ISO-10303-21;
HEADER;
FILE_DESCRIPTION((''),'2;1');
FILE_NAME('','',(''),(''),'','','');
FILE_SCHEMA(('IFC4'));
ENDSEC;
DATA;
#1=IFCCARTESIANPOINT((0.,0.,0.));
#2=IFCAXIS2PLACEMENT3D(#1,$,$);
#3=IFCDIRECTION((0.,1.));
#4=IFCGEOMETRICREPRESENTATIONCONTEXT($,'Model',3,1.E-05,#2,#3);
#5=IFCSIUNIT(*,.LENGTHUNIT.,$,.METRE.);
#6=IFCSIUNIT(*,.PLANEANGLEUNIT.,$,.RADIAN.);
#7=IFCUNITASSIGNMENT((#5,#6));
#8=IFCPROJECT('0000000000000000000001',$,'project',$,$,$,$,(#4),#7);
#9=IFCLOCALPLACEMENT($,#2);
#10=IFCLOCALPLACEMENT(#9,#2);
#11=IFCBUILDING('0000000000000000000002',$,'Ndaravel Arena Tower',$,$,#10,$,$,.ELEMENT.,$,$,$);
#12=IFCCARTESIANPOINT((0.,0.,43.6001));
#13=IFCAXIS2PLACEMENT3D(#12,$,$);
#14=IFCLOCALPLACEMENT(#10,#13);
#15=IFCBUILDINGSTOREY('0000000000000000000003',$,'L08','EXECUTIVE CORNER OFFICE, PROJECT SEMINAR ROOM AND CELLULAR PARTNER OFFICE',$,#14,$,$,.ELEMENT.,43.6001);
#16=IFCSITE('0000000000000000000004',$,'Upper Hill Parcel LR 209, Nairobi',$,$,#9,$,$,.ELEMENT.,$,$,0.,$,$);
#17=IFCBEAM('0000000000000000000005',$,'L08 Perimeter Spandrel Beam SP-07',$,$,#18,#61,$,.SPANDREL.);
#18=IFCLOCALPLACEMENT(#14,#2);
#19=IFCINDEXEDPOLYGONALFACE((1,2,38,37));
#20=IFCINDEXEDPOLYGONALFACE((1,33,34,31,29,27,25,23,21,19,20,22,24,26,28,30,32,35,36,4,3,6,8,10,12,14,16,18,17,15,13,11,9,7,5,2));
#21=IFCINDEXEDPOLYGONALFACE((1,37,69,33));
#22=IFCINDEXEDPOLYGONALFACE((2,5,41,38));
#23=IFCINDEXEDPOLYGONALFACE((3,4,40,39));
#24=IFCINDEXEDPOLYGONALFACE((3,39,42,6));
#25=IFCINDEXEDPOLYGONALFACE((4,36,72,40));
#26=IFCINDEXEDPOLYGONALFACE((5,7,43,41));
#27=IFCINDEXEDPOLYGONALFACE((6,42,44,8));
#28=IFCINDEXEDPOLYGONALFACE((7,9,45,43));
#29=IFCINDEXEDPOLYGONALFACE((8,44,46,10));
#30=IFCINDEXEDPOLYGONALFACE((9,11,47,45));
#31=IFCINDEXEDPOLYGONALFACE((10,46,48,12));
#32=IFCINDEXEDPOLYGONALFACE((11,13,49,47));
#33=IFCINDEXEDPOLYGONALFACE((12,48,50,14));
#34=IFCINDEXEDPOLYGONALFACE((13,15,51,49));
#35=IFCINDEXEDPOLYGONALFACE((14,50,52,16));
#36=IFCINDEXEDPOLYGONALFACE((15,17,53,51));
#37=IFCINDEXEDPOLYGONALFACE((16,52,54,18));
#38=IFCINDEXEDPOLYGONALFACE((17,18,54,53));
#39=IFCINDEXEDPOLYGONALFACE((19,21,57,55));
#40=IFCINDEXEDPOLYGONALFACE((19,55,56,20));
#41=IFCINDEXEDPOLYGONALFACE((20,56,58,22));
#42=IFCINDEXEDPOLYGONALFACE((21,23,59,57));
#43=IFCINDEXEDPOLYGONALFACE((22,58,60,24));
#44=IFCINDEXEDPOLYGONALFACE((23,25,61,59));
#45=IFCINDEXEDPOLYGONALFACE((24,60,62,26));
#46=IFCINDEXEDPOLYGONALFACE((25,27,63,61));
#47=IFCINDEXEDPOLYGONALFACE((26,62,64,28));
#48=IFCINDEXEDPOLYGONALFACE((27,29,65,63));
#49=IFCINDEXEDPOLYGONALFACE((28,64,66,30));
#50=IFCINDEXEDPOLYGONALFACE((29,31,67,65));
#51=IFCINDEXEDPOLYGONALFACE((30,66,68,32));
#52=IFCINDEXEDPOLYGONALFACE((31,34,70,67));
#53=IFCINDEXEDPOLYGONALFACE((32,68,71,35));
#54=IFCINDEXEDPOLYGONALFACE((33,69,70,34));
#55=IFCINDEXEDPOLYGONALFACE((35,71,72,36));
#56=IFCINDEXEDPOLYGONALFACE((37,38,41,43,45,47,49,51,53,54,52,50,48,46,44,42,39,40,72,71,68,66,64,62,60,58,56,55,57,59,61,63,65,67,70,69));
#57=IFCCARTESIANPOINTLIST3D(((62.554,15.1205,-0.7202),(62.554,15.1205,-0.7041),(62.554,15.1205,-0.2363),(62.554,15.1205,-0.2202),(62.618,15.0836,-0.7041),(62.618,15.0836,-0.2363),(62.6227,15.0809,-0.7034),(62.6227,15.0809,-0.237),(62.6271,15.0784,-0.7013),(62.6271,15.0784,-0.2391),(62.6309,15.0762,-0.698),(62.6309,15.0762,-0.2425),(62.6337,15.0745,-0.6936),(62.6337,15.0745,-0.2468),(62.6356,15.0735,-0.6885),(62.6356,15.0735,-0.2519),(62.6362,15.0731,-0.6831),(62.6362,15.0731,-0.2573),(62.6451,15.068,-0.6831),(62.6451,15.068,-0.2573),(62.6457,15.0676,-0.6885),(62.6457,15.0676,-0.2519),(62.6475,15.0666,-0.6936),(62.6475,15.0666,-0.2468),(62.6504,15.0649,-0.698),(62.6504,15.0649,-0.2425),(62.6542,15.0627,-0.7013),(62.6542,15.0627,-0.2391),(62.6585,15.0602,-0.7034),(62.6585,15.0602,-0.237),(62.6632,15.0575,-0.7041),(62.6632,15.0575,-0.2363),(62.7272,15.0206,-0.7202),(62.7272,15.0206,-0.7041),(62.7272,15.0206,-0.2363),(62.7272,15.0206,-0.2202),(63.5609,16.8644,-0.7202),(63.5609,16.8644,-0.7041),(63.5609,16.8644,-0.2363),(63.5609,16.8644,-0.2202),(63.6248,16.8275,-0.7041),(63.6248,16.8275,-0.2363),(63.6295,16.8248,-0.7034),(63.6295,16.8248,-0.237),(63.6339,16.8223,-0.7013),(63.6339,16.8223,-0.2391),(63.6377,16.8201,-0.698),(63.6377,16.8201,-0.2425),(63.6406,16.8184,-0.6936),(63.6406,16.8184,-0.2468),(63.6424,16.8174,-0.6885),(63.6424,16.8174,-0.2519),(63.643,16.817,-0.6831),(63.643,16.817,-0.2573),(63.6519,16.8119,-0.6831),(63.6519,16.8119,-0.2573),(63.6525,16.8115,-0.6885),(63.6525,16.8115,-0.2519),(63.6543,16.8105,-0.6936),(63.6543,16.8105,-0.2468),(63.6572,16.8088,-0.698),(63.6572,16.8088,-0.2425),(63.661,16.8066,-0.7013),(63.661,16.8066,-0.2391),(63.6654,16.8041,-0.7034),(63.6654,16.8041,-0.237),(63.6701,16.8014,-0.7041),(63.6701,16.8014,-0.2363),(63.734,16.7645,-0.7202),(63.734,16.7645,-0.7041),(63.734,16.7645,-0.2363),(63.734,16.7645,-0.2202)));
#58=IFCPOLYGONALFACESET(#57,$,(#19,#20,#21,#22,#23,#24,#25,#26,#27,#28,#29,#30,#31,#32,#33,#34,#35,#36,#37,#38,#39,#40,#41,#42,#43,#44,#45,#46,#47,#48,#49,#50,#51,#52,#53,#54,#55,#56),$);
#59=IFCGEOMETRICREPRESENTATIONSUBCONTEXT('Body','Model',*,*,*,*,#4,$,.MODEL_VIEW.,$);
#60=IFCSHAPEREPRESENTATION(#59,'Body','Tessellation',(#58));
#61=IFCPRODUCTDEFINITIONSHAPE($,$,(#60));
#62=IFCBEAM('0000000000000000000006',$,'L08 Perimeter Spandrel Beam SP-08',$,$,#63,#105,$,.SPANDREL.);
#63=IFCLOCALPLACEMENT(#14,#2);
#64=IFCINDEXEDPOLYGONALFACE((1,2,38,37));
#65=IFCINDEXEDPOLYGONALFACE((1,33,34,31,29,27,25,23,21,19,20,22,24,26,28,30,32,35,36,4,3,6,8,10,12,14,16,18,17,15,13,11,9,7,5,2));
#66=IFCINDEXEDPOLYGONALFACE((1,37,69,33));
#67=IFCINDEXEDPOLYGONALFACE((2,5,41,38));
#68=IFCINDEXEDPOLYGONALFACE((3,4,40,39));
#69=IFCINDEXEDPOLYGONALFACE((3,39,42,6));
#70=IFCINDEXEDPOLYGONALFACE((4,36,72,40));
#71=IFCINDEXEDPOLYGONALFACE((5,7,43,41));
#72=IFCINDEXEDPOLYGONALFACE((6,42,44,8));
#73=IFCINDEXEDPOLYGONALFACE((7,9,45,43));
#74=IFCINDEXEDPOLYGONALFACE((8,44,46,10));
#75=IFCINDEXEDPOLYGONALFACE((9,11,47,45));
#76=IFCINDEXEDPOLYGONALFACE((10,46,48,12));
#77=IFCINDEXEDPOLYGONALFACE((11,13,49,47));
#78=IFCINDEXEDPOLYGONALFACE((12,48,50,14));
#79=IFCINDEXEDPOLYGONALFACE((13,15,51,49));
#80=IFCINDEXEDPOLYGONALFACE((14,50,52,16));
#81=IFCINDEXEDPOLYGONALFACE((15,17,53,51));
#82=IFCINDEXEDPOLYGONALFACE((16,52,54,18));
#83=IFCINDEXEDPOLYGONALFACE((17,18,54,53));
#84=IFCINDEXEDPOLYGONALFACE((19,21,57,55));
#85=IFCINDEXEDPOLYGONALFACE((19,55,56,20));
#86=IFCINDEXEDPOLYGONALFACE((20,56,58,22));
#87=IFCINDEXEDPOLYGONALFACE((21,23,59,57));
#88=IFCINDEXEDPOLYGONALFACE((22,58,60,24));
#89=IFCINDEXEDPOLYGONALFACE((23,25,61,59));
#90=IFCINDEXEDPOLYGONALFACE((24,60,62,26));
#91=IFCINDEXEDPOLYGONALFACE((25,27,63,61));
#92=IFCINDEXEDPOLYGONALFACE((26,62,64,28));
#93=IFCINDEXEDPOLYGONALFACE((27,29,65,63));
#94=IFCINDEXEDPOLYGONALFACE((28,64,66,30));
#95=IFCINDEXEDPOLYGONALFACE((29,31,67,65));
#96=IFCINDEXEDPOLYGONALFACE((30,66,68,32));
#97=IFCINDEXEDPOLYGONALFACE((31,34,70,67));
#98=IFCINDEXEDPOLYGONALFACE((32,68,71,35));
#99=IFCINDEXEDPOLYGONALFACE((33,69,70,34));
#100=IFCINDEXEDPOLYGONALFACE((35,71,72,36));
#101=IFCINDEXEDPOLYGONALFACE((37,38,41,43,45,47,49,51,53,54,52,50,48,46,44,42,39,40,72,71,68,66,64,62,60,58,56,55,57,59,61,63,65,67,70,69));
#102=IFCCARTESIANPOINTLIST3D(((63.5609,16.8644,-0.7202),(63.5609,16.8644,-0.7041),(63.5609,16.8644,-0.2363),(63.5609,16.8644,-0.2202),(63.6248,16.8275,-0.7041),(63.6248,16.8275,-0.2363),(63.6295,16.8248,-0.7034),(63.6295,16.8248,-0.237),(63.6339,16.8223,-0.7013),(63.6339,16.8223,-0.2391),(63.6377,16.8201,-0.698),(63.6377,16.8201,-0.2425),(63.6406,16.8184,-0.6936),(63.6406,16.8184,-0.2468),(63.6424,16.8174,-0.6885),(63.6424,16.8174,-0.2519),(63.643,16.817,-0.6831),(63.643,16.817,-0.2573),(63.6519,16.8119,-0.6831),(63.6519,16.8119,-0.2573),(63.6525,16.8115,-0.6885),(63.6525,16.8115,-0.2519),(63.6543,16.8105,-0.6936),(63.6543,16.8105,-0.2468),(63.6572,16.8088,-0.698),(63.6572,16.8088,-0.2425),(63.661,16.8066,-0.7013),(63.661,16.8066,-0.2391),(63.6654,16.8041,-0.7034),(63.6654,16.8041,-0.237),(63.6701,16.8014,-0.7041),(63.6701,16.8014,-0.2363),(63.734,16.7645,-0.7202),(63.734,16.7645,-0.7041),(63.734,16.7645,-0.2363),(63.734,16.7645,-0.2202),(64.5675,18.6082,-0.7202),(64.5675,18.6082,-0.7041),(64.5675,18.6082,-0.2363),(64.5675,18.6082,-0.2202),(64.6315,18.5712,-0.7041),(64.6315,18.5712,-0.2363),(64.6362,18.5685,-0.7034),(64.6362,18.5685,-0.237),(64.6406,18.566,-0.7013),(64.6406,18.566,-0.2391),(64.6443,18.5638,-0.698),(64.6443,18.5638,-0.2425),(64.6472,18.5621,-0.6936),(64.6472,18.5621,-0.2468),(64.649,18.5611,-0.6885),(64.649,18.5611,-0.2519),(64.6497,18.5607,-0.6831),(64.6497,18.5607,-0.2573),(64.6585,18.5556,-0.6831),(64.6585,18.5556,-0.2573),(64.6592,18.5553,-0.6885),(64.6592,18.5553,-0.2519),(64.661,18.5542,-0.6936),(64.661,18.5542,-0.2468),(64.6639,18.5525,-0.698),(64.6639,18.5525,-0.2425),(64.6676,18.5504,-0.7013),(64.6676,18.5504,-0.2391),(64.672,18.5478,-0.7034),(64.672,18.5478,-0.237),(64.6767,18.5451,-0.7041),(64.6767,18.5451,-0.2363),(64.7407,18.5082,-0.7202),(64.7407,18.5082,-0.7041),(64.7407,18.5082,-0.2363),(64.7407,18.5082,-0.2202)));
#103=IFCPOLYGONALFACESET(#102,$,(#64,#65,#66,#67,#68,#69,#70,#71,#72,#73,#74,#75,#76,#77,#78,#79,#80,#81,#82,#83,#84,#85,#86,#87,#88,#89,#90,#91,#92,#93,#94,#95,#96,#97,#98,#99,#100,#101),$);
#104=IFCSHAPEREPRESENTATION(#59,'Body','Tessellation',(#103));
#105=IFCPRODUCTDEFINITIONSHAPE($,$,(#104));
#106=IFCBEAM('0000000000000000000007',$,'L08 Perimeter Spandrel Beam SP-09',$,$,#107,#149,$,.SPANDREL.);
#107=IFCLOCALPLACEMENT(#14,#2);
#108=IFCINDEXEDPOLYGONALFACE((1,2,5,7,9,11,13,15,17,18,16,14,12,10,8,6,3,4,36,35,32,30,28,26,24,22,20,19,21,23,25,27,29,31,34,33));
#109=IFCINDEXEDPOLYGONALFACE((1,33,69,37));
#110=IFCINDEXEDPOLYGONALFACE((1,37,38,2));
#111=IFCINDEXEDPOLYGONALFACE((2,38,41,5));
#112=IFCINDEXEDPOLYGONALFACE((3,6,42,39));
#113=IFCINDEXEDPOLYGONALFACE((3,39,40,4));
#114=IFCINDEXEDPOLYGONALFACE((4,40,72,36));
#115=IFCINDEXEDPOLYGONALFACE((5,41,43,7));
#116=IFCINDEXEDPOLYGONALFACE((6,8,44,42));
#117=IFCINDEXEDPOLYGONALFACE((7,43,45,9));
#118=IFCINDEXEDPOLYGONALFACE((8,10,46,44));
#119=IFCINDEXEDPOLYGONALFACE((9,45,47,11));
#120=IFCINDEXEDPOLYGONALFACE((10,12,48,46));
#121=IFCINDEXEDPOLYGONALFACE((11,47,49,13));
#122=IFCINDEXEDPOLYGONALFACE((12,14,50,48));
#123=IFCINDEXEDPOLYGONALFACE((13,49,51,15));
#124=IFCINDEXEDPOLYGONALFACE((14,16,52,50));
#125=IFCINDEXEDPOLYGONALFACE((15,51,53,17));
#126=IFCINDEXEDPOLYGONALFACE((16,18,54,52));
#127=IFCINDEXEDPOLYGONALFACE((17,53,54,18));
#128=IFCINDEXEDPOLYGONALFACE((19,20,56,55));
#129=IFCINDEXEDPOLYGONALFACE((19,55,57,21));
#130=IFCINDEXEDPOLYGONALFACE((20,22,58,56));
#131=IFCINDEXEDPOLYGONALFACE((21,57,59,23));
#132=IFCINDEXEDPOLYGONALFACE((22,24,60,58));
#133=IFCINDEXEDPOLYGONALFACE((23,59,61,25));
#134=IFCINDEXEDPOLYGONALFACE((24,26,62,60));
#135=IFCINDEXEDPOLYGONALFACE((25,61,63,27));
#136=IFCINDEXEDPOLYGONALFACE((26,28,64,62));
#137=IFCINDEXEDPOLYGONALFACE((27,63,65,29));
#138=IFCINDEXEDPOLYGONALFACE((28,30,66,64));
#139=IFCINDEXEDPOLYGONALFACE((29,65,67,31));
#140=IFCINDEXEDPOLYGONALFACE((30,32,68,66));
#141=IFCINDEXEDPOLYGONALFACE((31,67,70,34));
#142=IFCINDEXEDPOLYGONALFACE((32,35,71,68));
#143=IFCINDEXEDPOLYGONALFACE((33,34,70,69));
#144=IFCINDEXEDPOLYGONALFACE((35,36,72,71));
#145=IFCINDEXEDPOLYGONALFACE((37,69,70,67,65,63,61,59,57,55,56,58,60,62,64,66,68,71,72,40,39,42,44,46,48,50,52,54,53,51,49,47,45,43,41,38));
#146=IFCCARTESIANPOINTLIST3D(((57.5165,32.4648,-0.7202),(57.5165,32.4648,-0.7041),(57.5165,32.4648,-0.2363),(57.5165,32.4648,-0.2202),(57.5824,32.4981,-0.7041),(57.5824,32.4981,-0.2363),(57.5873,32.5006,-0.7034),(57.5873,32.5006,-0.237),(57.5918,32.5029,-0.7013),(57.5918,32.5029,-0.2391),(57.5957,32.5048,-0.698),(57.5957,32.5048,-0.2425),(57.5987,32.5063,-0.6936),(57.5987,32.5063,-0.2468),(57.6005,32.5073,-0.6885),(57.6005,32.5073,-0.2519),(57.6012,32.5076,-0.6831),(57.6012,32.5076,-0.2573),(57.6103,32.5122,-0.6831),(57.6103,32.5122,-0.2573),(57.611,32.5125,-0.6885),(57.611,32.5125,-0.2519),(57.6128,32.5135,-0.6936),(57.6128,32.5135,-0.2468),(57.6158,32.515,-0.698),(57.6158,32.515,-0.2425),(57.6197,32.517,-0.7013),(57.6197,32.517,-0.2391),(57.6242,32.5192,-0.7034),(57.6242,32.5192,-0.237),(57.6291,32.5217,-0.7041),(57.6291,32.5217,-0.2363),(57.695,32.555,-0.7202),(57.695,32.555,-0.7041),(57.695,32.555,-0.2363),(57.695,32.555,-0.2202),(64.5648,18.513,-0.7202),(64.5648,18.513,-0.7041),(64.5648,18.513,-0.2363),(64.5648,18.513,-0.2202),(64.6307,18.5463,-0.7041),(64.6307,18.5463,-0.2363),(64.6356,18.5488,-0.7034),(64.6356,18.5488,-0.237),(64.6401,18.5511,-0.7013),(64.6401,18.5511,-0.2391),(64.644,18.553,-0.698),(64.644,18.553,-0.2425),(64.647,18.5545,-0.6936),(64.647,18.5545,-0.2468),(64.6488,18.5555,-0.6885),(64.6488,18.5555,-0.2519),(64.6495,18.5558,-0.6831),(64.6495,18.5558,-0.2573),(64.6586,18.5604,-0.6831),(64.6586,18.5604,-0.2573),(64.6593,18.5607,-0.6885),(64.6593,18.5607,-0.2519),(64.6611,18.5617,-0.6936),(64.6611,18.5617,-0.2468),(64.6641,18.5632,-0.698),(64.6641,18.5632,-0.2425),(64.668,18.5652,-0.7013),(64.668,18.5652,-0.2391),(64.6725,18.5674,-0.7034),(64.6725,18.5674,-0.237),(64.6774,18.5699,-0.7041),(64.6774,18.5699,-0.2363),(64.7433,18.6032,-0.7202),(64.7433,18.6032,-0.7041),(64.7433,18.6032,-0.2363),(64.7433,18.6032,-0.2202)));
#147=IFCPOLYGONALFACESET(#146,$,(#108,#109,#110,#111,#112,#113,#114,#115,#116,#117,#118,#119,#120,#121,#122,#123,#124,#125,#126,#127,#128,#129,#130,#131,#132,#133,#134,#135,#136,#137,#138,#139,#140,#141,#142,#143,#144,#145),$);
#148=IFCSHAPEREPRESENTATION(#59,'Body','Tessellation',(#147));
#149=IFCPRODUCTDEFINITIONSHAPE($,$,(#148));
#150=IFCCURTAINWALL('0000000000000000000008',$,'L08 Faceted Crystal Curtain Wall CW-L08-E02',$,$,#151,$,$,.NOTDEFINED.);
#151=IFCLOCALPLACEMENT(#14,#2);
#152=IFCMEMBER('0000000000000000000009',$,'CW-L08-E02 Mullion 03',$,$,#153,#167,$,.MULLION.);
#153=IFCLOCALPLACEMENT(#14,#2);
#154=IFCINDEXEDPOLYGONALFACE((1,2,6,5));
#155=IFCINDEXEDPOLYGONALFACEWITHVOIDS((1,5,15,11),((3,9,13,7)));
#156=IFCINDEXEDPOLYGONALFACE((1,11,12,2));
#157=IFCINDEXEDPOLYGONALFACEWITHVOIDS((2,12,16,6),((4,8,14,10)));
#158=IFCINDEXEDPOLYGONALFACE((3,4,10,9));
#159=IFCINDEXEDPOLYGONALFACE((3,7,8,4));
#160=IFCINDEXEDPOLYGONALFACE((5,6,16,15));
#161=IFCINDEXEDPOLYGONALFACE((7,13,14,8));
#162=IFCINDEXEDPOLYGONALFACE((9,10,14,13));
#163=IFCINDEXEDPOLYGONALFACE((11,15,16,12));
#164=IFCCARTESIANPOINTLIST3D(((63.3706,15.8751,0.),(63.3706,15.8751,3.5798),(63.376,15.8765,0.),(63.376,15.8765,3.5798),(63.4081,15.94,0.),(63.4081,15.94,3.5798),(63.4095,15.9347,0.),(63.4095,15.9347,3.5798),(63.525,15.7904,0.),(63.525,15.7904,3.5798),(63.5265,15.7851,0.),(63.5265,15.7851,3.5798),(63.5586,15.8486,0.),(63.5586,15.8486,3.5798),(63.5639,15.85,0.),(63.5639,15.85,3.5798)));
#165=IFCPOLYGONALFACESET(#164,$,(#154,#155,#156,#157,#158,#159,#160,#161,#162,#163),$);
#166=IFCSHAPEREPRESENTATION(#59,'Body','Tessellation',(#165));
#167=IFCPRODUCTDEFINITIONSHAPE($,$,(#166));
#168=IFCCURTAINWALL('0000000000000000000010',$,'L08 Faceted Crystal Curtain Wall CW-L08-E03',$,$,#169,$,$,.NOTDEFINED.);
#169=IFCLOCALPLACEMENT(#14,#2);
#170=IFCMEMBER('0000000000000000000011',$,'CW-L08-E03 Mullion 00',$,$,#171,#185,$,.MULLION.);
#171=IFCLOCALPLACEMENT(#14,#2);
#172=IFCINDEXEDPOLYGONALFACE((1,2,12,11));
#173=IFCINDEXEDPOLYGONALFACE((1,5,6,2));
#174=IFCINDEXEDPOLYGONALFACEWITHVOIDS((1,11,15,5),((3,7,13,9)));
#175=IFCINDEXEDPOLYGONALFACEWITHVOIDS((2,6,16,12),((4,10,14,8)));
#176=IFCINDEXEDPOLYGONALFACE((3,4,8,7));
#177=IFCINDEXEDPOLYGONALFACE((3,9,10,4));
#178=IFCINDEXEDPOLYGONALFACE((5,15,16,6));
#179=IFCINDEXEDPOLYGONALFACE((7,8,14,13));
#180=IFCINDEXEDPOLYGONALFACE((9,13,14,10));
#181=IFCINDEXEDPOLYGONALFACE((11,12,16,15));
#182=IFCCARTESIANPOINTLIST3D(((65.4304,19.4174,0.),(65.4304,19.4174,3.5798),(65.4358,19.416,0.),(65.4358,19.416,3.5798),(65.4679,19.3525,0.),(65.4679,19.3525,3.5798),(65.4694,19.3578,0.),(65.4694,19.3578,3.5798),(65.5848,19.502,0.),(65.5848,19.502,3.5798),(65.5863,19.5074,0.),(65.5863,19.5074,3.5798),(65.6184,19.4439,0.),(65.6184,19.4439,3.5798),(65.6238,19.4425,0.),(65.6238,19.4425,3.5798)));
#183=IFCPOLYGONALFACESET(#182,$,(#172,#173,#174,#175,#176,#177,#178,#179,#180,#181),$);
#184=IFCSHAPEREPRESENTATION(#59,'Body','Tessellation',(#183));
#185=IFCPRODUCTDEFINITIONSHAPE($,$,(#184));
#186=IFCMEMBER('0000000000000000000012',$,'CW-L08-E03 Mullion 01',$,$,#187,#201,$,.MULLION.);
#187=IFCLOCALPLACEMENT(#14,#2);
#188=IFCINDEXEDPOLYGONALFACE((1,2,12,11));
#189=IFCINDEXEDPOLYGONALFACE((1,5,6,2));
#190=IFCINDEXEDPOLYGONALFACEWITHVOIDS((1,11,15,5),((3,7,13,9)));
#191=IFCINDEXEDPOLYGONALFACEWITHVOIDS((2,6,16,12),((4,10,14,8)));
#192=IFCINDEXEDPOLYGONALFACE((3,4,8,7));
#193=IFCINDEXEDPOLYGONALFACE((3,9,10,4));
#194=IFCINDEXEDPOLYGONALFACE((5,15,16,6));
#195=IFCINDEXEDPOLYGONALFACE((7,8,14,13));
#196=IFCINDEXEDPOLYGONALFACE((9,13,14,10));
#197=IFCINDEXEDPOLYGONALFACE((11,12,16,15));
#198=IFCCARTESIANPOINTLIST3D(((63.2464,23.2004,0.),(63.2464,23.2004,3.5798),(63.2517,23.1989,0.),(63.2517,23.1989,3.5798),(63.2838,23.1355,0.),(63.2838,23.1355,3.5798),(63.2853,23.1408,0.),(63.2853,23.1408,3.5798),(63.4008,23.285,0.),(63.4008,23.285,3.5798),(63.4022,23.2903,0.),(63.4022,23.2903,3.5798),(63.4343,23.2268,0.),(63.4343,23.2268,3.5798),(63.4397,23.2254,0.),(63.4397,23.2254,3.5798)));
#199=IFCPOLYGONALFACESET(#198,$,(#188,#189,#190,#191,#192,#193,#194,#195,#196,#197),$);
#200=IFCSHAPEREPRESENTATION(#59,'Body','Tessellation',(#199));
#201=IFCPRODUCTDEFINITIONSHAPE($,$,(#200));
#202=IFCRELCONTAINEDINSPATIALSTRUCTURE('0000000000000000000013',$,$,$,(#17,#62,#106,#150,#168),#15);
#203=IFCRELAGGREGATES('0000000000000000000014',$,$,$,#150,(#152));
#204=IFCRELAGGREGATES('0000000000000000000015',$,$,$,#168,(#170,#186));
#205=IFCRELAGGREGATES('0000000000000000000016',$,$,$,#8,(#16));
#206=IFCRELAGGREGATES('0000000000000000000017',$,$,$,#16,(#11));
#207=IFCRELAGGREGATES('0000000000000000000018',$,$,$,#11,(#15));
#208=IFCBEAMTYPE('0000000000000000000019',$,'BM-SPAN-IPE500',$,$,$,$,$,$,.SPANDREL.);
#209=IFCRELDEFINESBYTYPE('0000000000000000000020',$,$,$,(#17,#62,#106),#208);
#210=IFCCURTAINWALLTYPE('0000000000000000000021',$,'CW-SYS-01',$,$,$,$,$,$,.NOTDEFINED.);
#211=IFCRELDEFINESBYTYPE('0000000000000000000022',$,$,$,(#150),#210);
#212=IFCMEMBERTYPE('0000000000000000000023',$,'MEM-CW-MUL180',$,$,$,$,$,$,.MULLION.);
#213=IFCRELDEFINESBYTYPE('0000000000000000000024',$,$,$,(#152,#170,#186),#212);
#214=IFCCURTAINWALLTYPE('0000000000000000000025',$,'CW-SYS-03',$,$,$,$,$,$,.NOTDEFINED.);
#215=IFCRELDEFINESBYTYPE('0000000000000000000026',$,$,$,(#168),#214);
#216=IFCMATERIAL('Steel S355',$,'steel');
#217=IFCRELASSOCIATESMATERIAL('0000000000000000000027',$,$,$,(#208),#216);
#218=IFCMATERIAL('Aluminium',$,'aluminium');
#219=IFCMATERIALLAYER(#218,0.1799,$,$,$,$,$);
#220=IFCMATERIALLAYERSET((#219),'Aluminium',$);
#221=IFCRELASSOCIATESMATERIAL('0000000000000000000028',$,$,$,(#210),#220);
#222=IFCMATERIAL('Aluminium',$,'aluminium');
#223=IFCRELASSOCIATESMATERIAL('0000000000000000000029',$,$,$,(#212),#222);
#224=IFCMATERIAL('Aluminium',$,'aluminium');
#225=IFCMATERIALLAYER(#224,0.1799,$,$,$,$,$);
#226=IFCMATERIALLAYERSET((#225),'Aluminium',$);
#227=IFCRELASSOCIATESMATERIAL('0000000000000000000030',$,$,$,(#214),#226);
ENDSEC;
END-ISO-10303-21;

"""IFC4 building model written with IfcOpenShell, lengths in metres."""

from ifc_helpers import new_model, si_unit, direction, frame, origin, origin_2d, place, context, subcontext, project, spatial, hollow_rectangle, i_section, extrude, material, layer, layer_set, material_profile, profile_set, type_object, element, aggregate, save


model = new_model("IFC4")

# Units and contexts
model_context = context("Model", 3, precision=1e-05, world=origin(), true_north=direction((0.0, 1.0)))
body_context = subcontext(model_context, "Body", "Model", "MODEL_VIEW")
ifc_project = project(units=[si_unit("LENGTHUNIT", "METRE"), si_unit("PLANEANGLEUNIT", "RADIAN")], contexts=[model_context])

# Site, building, storey
site_placement = place(None, origin())
site = spatial("IfcSite", under=ifc_project, at=site_placement, Name="Upper Hill Parcel LR 209, Nairobi", CompositionType="ELEMENT", RefElevation=0.0)
building_placement = place(site_placement, origin())
building = spatial("IfcBuilding", under=site, at=building_placement, Name="Ndaravel Arena Tower", CompositionType="ELEMENT")
storey_placement = place(building_placement, frame((0.0, 0.0, 43.6001)))
storey = spatial("IfcBuildingStorey", under=building, at=storey_placement, Name="L08", Description="EXECUTIVE CORNER OFFICE, PROJECT SEMINAR ROOM AND CELLULAR PARTNER OFFICE", CompositionType="ELEMENT", Elevation=43.6001)

# Beams
ifc_material_1 = material(Name="Steel S355", Category="steel")
ifc_material_profile_1 = material_profile(ifc_material_1, i_section(OverallWidth=0.2, OverallDepth=0.5, WebThickness=0.0103, FlangeThickness=0.0161, FilletRadius=0.021, at=origin_2d()), Name="IPE 500")
ifc_profile_set_1 = profile_set([ifc_material_profile_1], Name="Steel S355")
beam_type_1 = type_object("IfcBeamType", Name="BM-SPAN-IPE500", PredefinedType="SPANDREL", material=ifc_profile_set_1)
beam_1_placement = place(storey_placement, frame((62.6406, 15.0706, -0.4702), z_axis=(0.499999, 0.866026, 0.0), x_axis=(-0.866026, 0.499999, 0.0)))
element("IfcBeam", 1, at=beam_1_placement, inside=storey, type_object=beam_type_1, Name="L08 Perimeter Spandrel Beam SP-07", PredefinedType="SPANDREL", context=body_context, shape_type="SweptSolid", body=[
    extrude(i_section(OverallWidth=0.2, OverallDepth=0.5, WebThickness=0.0103, FlangeThickness=0.0161, FilletRadius=0.021, at=origin_2d()), origin(), (0.0, 0.0, 1.0), 2.0137),
])
beam_2_placement = place(storey_placement, frame((63.6475, 16.8145, -0.4702), z_axis=(0.49996, 0.866048, 0.0), x_axis=(-0.866048, 0.49996, 0.0)))
element("IfcBeam", 2, at=beam_2_placement, inside=storey, type_object=beam_type_1, Name="L08 Perimeter Spandrel Beam SP-08", PredefinedType="SPANDREL", context=body_context, shape_type="SweptSolid", body=[
    extrude(i_section(OverallWidth=0.2, OverallDepth=0.5, WebThickness=0.0103, FlangeThickness=0.0161, FilletRadius=0.021, at=origin_2d()), origin(), (0.0, 0.0, 1.0), 2.0134),
])
beam_3_placement = place(storey_placement, frame((64.6541, 18.5581, -0.4702), z_axis=(-0.450915, 0.892567, 0.0), x_axis=(-0.892567, -0.450915, 0.0)))
element("IfcBeam", 3, at=beam_3_placement, inside=storey, type_object=beam_type_1, Name="L08 Perimeter Spandrel Beam SP-09", PredefinedType="SPANDREL", context=body_context, shape_type="SweptSolid", body=[
    extrude(i_section(OverallWidth=0.2, OverallDepth=0.5, WebThickness=0.0103, FlangeThickness=0.0161, FilletRadius=0.021, at=origin_2d()), origin(), (0.0, 0.0, 1.0), 15.6311),
])

# Curtain wall, member
ifc_material_2 = material(Name="Aluminium", Category="aluminium")
ifc_layer_1 = layer(ifc_material_2, 0.1799)
ifc_layer_set_1 = layer_set([ifc_layer_1], Name="Aluminium")
curtain_wall_type_1 = type_object("IfcCurtainWallType", Name="CW-SYS-01", PredefinedType="NOTDEFINED", material=ifc_layer_set_1)
curtain_wall_1_placement = place(storey_placement, origin())
curtain_wall_1 = element("IfcCurtainWall", 4, at=curtain_wall_1_placement, inside=storey, type_object=curtain_wall_type_1, Name="L08 Faceted Crystal Curtain Wall CW-L08-E02", PredefinedType="NOTDEFINED")
ifc_material_3 = material(Name="Aluminium", Category="aluminium")
ifc_material_profile_2 = material_profile(ifc_material_3, hollow_rectangle(XDim=0.075, YDim=0.1799, WallThickness=0.0039, at=origin_2d()), Name="CW MULLION 75x180x4")
ifc_profile_set_2 = profile_set([ifc_material_profile_2], Name="Aluminium")
member_type_1 = type_object("IfcMemberType", Name="MEM-CW-MUL180", PredefinedType="MULLION", material=ifc_profile_set_2)
member_1_placement = place(storey_placement, frame((63.4673, 15.8625, 0.0), z_axis=(0.0, 0.0, 1.0), x_axis=(0.5, 0.866025, 0.0)))
member_1 = element("IfcMember", 5, at=member_1_placement, type_object=member_type_1, Name="CW-L08-E02 Mullion 03", PredefinedType="MULLION", context=body_context, shape_type="SweptSolid", body=[
    extrude(hollow_rectangle(XDim=0.075, YDim=0.1799, WallThickness=0.0039, at=origin_2d()), origin(), (0.0, 0.0, 1.0), 3.5798),
])

# Curtain wall, members
ifc_material_4 = material(Name="Aluminium", Category="aluminium")
ifc_layer_2 = layer(ifc_material_4, 0.1799)
ifc_layer_set_2 = layer_set([ifc_layer_2], Name="Aluminium")
curtain_wall_type_2 = type_object("IfcCurtainWallType", Name="CW-SYS-03", PredefinedType="NOTDEFINED", material=ifc_layer_set_2)
curtain_wall_2_placement = place(storey_placement, origin())
curtain_wall_2 = element("IfcCurtainWall", 6, at=curtain_wall_2_placement, inside=storey, type_object=curtain_wall_type_2, Name="L08 Faceted Crystal Curtain Wall CW-L08-E03", PredefinedType="NOTDEFINED")
member_2_placement = place(storey_placement, frame((65.5271, 19.4299, 0.0), z_axis=(0.0, 0.0, 1.0), x_axis=(-0.5, 0.866025, 0.0)))
member_2 = element("IfcMember", 7, at=member_2_placement, type_object=member_type_1, Name="CW-L08-E03 Mullion 00", PredefinedType="MULLION", context=body_context, shape_type="SweptSolid", body=[
    extrude(hollow_rectangle(XDim=0.075, YDim=0.1799, WallThickness=0.0039, at=origin_2d()), origin(), (0.0, 0.0, 1.0), 3.5798),
])
member_3_placement = place(storey_placement, frame((63.343, 23.2129, 0.0), z_axis=(0.0, 0.0, 1.0), x_axis=(-0.5, 0.866025, 0.0)))
member_3 = element("IfcMember", 8, at=member_3_placement, type_object=member_type_1, Name="CW-L08-E03 Mullion 01", PredefinedType="MULLION", context=body_context, shape_type="SweptSolid", body=[
    extrude(hollow_rectangle(XDim=0.075, YDim=0.1799, WallThickness=0.0039, at=origin_2d()), origin(), (0.0, 0.0, 1.0), 3.5798),
])

aggregate(curtain_wall_1, [member_1])
aggregate(curtain_wall_2, [member_2, member_3])

save(model, "model.ifc")
